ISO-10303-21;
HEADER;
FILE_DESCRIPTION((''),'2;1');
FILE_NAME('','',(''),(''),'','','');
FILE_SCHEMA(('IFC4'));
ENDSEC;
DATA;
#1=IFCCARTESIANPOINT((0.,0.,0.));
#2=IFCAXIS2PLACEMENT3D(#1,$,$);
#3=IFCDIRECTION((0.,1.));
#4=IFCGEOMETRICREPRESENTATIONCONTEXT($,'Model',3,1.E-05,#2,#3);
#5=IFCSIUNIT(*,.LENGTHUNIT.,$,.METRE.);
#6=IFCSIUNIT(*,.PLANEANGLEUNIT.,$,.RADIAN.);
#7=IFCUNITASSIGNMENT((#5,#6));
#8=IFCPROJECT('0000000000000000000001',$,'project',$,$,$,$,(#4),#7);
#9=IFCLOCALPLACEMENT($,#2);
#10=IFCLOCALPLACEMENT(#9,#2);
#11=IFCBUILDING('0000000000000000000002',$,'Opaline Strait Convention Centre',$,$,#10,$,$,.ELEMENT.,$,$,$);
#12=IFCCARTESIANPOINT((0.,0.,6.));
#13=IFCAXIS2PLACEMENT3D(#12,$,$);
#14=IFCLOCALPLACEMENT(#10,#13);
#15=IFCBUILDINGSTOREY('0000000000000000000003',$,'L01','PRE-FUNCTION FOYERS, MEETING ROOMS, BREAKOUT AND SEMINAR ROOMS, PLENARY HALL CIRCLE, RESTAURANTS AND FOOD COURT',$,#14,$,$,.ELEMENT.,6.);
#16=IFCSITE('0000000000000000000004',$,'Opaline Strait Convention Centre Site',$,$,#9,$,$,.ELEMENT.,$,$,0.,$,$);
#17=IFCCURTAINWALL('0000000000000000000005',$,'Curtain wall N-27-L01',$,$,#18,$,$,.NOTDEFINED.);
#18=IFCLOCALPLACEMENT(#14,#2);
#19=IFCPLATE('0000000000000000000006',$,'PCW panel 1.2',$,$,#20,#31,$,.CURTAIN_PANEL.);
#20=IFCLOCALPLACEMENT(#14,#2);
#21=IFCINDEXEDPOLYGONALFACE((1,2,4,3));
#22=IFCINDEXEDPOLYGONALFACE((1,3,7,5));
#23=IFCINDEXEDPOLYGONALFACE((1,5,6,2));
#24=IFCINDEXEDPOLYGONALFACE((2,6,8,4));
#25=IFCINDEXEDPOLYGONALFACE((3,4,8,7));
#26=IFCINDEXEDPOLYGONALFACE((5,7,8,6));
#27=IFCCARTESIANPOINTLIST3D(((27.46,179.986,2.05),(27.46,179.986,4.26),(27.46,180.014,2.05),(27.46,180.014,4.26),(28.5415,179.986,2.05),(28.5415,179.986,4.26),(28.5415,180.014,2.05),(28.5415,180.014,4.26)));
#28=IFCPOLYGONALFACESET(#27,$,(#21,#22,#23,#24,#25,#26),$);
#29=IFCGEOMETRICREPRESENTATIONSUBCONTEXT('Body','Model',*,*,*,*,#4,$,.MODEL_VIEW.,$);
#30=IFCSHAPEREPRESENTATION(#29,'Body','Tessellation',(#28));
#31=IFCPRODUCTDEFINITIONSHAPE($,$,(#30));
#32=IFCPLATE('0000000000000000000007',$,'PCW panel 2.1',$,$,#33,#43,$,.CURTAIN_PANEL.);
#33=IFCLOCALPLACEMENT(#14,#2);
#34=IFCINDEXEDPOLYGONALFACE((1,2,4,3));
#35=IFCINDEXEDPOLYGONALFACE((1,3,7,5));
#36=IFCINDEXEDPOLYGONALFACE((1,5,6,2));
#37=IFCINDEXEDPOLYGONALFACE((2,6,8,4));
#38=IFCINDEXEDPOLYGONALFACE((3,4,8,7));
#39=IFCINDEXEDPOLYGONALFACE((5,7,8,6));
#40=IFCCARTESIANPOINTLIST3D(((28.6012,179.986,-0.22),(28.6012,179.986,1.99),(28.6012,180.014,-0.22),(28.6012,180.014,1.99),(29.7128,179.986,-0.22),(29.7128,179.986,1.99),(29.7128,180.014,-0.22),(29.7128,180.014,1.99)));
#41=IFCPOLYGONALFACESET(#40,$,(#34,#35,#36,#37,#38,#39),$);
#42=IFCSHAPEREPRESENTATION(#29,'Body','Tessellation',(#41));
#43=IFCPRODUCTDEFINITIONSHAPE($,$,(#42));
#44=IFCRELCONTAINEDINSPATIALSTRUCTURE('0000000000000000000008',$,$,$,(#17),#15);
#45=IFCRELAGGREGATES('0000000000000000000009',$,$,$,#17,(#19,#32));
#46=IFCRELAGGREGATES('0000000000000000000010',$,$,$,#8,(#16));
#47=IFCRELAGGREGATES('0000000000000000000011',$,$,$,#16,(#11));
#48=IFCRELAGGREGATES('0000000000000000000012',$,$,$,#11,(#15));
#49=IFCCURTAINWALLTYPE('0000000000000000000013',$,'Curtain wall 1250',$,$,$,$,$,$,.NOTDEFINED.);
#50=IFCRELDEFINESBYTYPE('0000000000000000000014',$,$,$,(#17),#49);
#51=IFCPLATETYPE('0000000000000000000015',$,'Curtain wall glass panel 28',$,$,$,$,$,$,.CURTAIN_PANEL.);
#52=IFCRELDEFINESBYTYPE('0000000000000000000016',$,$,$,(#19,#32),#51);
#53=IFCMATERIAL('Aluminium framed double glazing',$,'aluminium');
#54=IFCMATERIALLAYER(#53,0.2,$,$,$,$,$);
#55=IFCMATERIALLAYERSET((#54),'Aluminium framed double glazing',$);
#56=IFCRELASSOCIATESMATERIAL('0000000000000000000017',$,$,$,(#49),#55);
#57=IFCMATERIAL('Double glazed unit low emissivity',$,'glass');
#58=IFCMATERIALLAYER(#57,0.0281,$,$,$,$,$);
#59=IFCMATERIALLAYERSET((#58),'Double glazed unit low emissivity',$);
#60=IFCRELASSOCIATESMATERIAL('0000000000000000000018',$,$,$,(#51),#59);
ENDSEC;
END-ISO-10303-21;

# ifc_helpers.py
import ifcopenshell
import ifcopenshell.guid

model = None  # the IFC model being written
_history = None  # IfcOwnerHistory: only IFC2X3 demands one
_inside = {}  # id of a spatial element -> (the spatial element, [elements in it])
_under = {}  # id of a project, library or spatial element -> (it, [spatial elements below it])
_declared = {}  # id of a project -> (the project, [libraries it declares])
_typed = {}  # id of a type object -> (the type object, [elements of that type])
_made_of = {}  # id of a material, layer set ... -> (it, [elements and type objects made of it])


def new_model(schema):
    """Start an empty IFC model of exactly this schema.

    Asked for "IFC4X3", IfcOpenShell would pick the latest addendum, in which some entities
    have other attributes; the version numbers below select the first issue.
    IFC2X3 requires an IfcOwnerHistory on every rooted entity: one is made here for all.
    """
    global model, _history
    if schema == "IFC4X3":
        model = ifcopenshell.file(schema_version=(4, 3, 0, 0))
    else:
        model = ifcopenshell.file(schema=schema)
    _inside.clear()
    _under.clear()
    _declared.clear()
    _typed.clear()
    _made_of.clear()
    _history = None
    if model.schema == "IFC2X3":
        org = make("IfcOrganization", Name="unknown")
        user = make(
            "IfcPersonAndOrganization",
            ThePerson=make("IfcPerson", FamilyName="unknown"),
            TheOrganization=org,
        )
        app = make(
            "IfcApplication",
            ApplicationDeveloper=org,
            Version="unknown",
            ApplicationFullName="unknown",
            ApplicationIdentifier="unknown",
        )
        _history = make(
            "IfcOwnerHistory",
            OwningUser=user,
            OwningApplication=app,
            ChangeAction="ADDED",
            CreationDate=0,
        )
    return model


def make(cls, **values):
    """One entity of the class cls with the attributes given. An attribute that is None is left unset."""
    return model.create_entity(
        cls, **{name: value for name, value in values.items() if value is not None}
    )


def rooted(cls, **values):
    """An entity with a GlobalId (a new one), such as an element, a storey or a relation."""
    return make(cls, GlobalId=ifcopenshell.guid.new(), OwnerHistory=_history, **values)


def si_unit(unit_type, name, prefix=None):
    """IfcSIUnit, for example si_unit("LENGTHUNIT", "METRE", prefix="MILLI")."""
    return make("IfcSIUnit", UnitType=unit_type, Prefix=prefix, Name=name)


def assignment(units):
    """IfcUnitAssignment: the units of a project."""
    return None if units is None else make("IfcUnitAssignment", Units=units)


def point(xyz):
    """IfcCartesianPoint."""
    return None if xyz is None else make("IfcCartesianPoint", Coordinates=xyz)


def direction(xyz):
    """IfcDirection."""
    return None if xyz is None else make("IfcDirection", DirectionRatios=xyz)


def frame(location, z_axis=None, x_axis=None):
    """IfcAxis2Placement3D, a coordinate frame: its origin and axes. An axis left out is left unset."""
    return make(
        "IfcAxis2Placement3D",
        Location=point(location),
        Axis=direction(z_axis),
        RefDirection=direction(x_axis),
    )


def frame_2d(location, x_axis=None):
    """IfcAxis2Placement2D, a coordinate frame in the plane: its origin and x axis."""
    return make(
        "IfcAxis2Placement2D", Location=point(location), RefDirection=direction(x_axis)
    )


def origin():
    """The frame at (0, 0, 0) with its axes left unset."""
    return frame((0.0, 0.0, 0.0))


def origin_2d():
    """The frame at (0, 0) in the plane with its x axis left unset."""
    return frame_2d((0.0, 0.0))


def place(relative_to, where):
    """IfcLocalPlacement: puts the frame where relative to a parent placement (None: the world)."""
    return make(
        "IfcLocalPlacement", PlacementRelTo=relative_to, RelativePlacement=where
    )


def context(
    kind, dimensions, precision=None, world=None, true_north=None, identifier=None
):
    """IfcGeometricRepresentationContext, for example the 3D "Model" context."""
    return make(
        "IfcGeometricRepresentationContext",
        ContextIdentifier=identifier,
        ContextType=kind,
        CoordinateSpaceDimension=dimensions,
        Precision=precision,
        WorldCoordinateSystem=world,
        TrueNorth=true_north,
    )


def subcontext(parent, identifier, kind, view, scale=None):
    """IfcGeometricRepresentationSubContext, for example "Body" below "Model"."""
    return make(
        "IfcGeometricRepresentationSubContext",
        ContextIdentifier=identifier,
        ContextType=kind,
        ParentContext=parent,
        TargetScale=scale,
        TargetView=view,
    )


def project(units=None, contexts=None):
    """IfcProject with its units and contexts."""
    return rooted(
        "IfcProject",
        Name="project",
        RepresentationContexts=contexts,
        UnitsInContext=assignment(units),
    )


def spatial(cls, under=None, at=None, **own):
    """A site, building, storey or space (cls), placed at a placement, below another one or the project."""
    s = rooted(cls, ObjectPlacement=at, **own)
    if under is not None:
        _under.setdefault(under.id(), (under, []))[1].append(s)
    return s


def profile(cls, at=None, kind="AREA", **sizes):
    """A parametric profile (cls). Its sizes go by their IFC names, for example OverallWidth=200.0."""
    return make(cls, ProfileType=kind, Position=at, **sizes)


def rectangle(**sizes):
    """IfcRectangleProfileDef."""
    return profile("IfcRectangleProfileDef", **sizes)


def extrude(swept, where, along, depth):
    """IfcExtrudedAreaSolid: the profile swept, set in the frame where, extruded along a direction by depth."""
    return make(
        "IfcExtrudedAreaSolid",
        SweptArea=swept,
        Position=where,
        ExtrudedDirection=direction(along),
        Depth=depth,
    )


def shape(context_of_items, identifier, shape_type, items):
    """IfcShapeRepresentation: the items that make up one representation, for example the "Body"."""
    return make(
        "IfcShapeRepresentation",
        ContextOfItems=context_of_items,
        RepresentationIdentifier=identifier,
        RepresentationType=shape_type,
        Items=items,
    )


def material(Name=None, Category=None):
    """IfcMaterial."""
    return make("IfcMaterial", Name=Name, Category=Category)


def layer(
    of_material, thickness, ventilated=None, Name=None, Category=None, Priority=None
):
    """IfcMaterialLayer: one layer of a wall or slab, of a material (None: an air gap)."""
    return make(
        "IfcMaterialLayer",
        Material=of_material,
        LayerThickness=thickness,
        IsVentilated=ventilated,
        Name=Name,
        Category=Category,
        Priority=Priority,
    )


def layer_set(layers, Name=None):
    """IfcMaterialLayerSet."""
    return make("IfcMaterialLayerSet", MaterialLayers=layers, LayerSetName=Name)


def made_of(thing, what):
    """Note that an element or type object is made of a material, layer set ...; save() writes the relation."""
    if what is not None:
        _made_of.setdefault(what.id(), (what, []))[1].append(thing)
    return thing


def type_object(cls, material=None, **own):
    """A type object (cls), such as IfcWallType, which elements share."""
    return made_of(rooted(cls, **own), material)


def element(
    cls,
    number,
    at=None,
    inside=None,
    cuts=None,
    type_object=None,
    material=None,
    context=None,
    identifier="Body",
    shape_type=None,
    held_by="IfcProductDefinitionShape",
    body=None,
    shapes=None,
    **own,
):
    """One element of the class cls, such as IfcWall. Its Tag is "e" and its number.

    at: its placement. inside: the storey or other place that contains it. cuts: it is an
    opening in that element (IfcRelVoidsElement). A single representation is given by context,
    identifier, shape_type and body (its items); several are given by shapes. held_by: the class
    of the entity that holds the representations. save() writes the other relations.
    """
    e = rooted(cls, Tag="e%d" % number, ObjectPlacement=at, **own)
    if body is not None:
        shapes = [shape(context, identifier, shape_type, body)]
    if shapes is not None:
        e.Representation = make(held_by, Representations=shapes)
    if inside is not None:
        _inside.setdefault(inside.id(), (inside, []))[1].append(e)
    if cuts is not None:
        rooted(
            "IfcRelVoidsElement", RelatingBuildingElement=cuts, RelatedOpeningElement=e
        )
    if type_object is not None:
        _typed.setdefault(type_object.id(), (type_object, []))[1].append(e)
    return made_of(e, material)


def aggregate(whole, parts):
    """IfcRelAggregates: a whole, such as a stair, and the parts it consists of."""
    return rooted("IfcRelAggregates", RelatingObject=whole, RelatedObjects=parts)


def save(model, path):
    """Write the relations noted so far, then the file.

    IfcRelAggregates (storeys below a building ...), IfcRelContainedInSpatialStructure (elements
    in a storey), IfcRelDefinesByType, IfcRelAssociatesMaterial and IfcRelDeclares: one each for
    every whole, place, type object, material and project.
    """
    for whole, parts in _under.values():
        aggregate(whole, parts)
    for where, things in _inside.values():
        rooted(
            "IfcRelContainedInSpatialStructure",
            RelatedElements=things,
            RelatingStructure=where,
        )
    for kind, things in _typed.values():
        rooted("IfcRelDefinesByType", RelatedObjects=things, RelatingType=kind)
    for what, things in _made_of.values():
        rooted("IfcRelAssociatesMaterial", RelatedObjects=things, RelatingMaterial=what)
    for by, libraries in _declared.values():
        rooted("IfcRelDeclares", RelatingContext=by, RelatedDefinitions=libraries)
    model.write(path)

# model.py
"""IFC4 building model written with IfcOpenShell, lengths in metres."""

from ifc_helpers import new_model, si_unit, direction, frame, origin, origin_2d, place, context, subcontext, project, spatial, rectangle, extrude, material, layer, layer_set, type_object, element, aggregate, save


model = new_model("IFC4")

# Units and contexts
model_context = context("Model", 3, precision=1e-05, world=origin(), true_north=direction((0.0, 1.0)))
body_context = subcontext(model_context, "Body", "Model", "MODEL_VIEW")
ifc_project = project(units=[si_unit("LENGTHUNIT", "METRE"), si_unit("PLANEANGLEUNIT", "RADIAN")], contexts=[model_context])

# Site, building, storey
site_placement = place(None, origin())
site = spatial("IfcSite", under=ifc_project, at=site_placement, Name="Opaline Strait Convention Centre Site", CompositionType="ELEMENT", RefElevation=0.0)
building_placement = place(site_placement, origin())
building = spatial("IfcBuilding", under=site, at=building_placement, Name="Opaline Strait Convention Centre", CompositionType="ELEMENT")
storey_placement = place(building_placement, frame((0.0, 0.0, 6.0)))
storey = spatial("IfcBuildingStorey", under=building, at=storey_placement, Name="L01", Description="PRE-FUNCTION FOYERS, MEETING ROOMS, BREAKOUT AND SEMINAR ROOMS, PLENARY HALL CIRCLE, RESTAURANTS AND FOOD COURT", CompositionType="ELEMENT", Elevation=6.0)

# Curtain wall
ifc_material_1 = material(Name="Aluminium framed double glazing", Category="aluminium")
ifc_layer_1 = layer(ifc_material_1, 0.2)
ifc_layer_set_1 = layer_set([ifc_layer_1], Name="Aluminium framed double glazing")
curtain_wall_type = type_object("IfcCurtainWallType", Name="Curtain wall 1250", PredefinedType="NOTDEFINED", material=ifc_layer_set_1)
curtain_wall_1_placement = place(storey_placement, origin())
curtain_wall_1 = element("IfcCurtainWall", 1, at=curtain_wall_1_placement, inside=storey, type_object=curtain_wall_type, Name="Curtain wall N-27-L01", PredefinedType="NOTDEFINED")

# Plates
ifc_material_2 = material(Name="Double glazed unit low emissivity", Category="glass")
ifc_layer_2 = layer(ifc_material_2, 0.0281)
ifc_layer_set_2 = layer_set([ifc_layer_2], Name="Double glazed unit low emissivity")
plate_type = type_object("IfcPlateType", Name="Curtain wall glass panel 28", PredefinedType="CURTAIN_PANEL", material=ifc_layer_set_2)
plate_1_placement = place(storey_placement, frame((28.0007, 180.0, 2.05), z_axis=(0.0, 0.0, 1.0), x_axis=(1.0, 0.0, 0.0)))
plate_1 = element("IfcPlate", 2, at=plate_1_placement, type_object=plate_type, Name="PCW panel 1.2", PredefinedType="CURTAIN_PANEL", context=body_context, shape_type="SweptSolid", body=[
    extrude(rectangle(XDim=1.0815, YDim=0.0281, at=origin_2d()), origin(), (0.0, 0.0, 1.0), 2.21),
])
plate_2_placement = place(storey_placement, frame((29.157, 180.0, -0.22), z_axis=(0.0, 0.0, 1.0), x_axis=(1.0, 0.0, 0.0)))
plate_2 = element("IfcPlate", 3, at=plate_2_placement, type_object=plate_type, Name="PCW panel 2.1", PredefinedType="CURTAIN_PANEL", context=body_context, shape_type="SweptSolid", body=[
    extrude(rectangle(XDim=1.1116, YDim=0.0281, at=origin_2d()), origin(), (0.0, 0.0, 1.0), 2.21),
])
aggregate(curtain_wall_1, [plate_1, plate_2])

save(model, "model.ifc")
